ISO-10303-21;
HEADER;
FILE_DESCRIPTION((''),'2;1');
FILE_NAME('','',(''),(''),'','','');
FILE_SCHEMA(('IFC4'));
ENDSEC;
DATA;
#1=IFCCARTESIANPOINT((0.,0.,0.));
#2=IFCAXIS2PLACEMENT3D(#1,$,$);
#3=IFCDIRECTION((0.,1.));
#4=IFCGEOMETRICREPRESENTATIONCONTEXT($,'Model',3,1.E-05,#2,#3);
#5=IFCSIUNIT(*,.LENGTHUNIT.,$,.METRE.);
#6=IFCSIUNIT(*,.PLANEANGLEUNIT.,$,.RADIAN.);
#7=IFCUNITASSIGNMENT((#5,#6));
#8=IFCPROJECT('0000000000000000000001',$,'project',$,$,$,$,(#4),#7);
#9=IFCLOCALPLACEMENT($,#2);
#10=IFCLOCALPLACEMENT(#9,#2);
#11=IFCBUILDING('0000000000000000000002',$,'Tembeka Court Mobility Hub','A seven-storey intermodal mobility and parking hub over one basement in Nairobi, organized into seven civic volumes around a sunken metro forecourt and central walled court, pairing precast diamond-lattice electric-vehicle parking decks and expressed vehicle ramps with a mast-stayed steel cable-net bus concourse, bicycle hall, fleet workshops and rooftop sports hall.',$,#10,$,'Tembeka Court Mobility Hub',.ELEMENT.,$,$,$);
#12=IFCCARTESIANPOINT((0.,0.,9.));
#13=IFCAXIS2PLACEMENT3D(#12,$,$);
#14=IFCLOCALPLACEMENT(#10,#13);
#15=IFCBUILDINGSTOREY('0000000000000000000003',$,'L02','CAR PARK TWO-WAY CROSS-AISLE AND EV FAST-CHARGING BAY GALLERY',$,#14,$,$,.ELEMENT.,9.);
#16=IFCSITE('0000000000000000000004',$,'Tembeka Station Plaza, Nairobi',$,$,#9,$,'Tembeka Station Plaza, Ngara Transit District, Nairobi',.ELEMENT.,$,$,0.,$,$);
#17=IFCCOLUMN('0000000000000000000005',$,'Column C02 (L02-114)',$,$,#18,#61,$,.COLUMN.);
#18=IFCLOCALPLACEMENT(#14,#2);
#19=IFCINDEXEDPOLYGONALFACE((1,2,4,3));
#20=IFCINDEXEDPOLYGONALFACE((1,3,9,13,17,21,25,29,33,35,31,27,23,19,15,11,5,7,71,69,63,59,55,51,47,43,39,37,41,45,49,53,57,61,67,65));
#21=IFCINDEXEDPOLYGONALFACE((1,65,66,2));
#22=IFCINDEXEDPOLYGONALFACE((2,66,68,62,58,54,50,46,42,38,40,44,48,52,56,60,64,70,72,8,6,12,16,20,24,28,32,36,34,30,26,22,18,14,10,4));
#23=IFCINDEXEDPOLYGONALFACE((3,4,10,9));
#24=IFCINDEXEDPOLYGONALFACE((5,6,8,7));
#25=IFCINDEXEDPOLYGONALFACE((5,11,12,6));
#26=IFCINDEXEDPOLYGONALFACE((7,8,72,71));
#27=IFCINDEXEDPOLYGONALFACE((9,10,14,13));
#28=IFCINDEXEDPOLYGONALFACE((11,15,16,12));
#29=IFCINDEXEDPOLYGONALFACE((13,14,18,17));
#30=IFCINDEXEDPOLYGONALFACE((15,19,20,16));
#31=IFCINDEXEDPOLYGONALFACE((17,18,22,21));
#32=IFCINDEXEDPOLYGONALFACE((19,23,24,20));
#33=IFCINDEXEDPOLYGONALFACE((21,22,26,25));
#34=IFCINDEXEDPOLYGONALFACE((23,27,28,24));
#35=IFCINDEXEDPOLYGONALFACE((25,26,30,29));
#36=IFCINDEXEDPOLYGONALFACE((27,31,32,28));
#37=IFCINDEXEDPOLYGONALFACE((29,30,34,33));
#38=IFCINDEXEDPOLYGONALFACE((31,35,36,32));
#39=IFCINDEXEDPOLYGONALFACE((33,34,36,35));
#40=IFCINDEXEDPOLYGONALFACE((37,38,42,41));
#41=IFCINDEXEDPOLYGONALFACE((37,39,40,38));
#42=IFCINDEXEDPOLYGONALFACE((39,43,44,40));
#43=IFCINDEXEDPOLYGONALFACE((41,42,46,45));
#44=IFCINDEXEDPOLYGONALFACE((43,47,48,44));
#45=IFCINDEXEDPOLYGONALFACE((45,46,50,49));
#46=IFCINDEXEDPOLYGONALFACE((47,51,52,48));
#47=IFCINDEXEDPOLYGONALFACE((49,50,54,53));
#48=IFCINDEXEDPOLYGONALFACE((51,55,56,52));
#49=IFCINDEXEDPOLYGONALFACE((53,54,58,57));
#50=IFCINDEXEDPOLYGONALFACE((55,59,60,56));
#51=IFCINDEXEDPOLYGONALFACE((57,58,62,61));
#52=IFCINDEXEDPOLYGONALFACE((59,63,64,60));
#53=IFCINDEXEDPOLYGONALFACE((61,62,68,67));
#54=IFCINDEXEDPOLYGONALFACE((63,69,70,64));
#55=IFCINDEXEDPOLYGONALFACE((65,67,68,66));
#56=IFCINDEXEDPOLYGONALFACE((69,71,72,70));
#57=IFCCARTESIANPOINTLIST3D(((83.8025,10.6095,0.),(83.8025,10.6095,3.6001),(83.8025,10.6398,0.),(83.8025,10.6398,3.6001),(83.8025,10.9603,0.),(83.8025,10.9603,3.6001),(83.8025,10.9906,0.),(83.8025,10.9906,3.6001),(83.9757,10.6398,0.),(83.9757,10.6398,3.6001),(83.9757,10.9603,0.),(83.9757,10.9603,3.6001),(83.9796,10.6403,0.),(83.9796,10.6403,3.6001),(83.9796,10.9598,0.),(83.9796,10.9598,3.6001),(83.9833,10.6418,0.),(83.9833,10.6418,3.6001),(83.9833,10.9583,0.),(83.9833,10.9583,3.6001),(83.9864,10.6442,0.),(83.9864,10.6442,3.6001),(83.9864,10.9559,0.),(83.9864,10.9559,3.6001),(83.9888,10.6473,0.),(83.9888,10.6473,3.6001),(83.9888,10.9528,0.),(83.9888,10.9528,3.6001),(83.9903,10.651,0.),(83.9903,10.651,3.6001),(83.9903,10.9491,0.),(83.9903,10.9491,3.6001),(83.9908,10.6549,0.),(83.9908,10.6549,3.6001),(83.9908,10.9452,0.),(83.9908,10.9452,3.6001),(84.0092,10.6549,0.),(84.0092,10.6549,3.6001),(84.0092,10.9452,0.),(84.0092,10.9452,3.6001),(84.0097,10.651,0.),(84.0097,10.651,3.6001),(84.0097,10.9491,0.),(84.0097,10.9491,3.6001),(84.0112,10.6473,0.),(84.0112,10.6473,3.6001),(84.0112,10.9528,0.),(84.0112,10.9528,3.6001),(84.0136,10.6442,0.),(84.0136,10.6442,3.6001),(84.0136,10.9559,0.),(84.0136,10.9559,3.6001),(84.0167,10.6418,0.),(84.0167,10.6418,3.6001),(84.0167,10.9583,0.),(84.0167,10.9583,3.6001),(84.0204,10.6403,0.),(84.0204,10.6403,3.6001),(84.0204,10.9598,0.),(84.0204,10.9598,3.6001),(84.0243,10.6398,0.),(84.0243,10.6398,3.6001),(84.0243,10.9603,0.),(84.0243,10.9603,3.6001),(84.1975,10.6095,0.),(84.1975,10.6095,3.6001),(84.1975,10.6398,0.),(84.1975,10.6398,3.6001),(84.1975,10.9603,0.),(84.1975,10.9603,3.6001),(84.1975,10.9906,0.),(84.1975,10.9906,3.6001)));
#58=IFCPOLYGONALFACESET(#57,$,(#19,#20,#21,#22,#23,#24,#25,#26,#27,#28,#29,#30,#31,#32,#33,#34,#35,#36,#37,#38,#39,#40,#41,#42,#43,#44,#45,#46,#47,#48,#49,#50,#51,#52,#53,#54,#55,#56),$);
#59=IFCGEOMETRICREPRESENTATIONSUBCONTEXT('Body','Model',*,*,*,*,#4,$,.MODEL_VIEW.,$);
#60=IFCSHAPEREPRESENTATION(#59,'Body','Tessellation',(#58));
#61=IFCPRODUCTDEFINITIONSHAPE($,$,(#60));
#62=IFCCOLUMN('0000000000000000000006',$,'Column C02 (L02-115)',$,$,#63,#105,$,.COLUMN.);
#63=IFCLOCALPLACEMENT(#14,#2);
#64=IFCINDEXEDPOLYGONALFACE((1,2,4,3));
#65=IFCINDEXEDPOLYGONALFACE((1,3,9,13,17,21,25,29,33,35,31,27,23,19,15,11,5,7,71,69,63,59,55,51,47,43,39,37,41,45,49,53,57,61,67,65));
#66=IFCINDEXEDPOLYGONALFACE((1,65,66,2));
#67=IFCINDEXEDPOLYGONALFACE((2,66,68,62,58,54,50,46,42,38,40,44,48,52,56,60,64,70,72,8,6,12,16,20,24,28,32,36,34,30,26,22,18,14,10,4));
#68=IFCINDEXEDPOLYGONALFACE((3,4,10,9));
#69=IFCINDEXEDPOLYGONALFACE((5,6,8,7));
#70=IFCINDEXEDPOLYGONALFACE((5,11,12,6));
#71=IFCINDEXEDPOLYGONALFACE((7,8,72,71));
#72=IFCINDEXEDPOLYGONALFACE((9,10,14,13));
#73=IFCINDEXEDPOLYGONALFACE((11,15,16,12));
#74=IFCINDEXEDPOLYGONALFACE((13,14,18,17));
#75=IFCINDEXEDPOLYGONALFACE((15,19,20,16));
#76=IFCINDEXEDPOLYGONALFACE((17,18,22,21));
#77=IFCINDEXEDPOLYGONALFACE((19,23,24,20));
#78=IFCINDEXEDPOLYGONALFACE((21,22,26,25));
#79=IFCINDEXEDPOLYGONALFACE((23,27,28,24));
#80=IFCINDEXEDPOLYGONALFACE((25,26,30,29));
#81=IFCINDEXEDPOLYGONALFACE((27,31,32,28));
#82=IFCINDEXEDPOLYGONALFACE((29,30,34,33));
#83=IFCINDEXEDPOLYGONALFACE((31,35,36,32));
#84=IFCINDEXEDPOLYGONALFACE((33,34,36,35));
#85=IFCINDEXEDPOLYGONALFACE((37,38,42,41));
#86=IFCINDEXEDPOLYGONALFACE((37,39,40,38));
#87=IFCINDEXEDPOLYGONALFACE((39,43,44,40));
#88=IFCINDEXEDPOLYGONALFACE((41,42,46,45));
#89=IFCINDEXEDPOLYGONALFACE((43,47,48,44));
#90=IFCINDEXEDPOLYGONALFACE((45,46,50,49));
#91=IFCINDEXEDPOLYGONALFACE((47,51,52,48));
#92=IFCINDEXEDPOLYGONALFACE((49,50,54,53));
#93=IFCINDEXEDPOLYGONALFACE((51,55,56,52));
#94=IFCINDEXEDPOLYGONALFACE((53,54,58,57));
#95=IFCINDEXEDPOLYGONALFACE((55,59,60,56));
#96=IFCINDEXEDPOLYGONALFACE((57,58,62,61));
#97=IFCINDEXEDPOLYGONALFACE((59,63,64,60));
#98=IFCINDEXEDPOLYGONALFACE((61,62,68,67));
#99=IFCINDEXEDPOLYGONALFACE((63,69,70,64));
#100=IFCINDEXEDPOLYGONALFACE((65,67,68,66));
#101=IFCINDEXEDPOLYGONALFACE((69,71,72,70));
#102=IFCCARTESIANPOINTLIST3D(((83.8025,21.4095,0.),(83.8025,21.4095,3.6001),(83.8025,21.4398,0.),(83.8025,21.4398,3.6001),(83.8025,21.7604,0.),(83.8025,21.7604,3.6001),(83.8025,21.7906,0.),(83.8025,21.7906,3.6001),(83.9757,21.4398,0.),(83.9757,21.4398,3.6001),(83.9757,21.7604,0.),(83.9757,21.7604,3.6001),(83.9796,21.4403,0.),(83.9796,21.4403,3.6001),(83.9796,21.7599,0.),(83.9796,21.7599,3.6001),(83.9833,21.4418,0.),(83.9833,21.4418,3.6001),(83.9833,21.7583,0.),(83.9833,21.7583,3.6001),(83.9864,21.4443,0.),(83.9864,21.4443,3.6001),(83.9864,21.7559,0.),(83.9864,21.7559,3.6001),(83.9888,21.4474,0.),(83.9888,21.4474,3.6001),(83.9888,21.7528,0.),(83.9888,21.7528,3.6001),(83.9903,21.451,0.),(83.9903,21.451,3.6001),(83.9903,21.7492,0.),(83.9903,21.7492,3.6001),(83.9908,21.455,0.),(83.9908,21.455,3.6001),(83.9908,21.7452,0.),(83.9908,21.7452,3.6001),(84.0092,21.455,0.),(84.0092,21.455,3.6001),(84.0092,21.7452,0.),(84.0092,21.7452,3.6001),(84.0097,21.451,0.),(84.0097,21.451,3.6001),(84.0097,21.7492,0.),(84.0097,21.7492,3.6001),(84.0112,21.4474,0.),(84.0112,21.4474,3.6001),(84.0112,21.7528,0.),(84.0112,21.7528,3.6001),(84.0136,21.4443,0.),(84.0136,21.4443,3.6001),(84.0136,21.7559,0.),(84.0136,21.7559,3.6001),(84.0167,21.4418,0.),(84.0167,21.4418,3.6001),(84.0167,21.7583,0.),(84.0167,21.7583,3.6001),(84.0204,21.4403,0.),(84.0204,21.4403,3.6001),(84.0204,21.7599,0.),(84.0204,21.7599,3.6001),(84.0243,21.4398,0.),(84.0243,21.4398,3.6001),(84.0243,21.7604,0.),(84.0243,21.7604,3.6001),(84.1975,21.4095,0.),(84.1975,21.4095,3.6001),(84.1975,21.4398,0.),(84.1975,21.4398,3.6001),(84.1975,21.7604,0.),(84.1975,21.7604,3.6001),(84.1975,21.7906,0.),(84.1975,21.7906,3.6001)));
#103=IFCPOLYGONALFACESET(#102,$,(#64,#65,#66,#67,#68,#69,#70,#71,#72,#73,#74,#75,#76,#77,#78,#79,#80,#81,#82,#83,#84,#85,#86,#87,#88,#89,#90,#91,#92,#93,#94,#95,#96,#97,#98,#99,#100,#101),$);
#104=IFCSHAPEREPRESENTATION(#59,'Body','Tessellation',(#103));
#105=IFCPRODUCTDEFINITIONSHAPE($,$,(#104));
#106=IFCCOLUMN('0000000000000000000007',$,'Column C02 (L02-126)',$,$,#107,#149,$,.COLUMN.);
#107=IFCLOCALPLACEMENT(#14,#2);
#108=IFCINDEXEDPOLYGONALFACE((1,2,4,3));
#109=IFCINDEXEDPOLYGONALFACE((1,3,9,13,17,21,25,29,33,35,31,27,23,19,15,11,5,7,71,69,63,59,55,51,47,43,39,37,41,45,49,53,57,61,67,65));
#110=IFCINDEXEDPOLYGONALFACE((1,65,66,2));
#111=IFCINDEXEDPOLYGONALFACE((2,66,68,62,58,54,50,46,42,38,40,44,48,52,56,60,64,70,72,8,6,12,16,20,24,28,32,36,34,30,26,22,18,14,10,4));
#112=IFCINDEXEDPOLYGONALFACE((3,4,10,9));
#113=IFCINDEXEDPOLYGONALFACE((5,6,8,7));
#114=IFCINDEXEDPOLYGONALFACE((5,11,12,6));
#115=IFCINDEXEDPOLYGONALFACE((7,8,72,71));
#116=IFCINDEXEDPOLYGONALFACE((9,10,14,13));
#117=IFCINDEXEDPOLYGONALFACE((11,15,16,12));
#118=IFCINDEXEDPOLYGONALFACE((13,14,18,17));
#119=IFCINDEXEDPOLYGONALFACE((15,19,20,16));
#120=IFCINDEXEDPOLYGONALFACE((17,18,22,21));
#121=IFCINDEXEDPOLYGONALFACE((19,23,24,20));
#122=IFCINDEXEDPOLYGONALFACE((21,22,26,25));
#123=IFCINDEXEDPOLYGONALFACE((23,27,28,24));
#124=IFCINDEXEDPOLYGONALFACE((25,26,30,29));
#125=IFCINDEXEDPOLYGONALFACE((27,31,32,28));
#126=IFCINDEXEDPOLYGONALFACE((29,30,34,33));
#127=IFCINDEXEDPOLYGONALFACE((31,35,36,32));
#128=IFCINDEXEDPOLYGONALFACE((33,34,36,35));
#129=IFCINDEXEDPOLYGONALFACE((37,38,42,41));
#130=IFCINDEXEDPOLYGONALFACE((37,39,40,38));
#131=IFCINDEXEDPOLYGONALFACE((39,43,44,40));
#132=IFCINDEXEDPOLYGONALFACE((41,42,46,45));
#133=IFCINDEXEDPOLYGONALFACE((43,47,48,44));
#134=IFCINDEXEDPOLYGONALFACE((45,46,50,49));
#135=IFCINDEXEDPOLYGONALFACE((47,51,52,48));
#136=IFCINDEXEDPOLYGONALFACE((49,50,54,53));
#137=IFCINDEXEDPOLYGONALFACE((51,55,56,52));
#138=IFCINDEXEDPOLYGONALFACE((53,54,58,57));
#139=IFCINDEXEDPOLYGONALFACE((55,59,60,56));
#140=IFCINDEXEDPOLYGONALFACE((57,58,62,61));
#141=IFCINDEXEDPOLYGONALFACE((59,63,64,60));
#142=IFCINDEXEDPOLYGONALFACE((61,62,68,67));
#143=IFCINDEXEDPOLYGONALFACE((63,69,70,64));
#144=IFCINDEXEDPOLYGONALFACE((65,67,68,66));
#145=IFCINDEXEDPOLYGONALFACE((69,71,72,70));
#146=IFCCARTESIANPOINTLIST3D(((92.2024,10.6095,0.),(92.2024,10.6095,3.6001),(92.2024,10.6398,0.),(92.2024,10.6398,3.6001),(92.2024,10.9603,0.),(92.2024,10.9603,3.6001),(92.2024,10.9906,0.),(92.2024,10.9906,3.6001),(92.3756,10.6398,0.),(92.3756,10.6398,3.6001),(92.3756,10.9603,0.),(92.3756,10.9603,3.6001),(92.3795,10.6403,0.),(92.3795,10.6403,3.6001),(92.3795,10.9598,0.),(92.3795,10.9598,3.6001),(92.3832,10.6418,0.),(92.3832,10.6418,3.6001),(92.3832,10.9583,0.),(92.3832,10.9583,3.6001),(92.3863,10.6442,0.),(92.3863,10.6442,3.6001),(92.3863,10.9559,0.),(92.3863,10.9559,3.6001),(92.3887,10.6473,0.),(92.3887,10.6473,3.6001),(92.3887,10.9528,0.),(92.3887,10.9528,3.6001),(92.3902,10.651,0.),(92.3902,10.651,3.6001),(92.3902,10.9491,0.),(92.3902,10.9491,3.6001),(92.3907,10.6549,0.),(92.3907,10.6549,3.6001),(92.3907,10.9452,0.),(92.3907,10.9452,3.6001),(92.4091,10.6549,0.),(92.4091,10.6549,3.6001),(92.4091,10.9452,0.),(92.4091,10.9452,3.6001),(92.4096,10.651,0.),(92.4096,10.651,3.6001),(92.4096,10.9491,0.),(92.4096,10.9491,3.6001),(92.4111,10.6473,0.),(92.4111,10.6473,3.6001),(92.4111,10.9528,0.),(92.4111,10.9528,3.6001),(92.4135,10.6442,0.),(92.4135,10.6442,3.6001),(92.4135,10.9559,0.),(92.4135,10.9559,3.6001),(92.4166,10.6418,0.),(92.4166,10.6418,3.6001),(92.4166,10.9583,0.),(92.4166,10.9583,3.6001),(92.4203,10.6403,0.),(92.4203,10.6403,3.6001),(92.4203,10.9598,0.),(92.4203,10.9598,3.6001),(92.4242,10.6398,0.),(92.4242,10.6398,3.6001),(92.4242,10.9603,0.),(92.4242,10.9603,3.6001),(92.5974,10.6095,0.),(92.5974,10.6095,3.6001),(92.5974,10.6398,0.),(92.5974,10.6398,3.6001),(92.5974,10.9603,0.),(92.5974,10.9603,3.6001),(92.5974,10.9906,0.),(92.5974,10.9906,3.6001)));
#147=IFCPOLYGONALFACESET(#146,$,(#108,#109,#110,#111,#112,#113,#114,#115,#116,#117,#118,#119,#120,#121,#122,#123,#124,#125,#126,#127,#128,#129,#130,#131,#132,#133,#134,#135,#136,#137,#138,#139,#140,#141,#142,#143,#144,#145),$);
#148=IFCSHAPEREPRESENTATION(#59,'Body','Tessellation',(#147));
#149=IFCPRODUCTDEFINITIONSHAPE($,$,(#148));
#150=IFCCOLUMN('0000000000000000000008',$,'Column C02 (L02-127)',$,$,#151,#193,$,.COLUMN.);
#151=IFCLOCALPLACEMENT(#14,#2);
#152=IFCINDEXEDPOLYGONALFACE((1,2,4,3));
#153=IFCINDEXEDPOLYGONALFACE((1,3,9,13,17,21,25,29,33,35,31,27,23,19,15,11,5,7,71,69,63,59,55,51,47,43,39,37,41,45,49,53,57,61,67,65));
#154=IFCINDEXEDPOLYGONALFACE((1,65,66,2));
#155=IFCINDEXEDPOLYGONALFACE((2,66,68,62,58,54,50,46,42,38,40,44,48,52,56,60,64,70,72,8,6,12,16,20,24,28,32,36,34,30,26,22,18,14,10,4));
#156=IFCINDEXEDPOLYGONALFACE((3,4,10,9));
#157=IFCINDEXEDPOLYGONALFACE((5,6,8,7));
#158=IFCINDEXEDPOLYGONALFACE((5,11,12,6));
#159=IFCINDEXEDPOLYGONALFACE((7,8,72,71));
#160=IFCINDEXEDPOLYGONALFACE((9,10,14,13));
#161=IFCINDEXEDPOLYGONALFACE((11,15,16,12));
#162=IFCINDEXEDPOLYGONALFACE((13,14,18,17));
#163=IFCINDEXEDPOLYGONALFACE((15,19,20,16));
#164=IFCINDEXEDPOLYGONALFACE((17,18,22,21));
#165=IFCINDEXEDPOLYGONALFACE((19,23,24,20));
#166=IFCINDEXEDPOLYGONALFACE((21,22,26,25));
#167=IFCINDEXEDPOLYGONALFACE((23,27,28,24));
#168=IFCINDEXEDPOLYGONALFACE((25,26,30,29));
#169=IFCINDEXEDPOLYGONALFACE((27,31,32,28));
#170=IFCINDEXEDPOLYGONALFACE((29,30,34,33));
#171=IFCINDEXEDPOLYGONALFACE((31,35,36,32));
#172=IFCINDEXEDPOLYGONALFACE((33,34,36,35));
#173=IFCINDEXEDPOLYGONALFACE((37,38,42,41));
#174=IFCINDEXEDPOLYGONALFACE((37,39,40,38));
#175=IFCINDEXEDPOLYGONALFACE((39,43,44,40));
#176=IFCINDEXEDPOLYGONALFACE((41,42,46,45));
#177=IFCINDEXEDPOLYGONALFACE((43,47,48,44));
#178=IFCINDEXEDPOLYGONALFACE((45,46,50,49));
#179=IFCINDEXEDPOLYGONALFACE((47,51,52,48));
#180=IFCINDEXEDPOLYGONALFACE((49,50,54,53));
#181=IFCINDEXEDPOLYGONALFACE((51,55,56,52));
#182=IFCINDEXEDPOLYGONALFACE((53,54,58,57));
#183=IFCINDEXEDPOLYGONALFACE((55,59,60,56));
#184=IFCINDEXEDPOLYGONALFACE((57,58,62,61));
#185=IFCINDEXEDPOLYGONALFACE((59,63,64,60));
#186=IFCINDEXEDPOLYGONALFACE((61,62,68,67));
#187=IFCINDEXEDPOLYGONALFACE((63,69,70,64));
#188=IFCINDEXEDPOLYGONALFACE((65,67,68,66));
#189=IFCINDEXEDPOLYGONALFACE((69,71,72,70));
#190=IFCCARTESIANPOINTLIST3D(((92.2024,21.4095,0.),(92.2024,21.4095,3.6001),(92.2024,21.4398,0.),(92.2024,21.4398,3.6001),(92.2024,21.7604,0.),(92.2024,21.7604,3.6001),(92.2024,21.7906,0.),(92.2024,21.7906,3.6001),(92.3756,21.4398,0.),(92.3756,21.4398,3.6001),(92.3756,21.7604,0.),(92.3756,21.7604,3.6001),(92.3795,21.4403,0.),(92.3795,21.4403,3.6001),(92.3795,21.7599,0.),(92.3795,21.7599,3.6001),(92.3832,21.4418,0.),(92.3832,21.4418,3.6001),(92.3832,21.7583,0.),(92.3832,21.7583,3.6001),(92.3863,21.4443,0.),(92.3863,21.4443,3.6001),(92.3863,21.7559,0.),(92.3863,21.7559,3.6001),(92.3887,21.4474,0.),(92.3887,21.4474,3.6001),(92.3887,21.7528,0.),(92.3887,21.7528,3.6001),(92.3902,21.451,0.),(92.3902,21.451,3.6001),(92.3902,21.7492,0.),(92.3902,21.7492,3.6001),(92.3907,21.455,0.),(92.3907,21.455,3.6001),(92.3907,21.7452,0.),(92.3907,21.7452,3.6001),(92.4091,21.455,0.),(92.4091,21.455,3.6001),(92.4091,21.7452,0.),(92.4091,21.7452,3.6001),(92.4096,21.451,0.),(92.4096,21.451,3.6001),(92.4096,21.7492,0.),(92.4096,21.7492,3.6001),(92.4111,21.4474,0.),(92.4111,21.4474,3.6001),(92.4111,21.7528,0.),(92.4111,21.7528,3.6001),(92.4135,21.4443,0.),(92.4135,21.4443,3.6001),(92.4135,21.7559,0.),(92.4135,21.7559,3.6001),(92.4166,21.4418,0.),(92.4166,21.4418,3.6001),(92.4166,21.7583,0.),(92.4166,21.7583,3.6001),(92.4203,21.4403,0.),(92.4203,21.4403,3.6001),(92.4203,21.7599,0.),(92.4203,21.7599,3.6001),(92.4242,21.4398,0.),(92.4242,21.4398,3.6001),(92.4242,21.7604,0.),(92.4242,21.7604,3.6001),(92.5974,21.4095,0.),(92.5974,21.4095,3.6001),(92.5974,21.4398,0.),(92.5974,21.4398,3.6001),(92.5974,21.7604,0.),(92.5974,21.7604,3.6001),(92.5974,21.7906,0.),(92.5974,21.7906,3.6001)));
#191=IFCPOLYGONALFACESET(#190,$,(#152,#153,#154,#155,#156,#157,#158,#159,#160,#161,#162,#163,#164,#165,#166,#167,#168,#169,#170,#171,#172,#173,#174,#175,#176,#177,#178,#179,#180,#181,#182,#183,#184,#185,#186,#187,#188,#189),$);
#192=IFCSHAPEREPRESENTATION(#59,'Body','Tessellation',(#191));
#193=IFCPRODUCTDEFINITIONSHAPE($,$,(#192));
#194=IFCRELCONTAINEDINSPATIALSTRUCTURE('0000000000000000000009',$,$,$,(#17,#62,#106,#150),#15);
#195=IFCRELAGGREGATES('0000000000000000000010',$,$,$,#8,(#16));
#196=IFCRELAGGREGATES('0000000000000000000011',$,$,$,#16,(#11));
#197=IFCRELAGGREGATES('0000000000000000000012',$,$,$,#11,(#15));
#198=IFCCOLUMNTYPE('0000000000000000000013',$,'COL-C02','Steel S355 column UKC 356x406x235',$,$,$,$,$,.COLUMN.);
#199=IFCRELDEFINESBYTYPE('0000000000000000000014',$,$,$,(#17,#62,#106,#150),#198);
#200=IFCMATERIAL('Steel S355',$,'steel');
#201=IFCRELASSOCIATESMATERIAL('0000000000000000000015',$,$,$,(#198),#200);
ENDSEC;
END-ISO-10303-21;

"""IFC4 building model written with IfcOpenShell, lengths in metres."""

from ifc_helpers import new_model, si_unit, direction, frame, origin, origin_2d, place, context, subcontext, project, spatial, i_section, extrude, material, material_profile, profile_set, type_object, element, save


model = new_model("IFC4")

# Units and contexts
model_context = context("Model", 3, precision=1e-05, world=origin(), true_north=direction((0.0, 1.0)))
body_context = subcontext(model_context, "Body", "Model", "MODEL_VIEW")
ifc_project = project(units=[si_unit("LENGTHUNIT", "METRE"), si_unit("PLANEANGLEUNIT", "RADIAN")], contexts=[model_context])

# Site, building, storey
site_placement = place(None, origin())
site = spatial("IfcSite", under=ifc_project, at=site_placement, Name="Tembeka Station Plaza, Nairobi", LongName="Tembeka Station Plaza, Ngara Transit District, Nairobi", CompositionType="ELEMENT", RefElevation=0.0)
building_placement = place(site_placement, origin())
building = spatial("IfcBuilding", under=site, at=building_placement, Name="Tembeka Court Mobility Hub", Description="A seven-storey intermodal mobility and parking hub over one basement in Nairobi, organized into seven civic volumes around a sunken metro forecourt and central walled court, pairing precast diamond-lattice electric-vehicle parking decks and expressed vehicle ramps with a mast-stayed steel cable-net bus concourse, bicycle hall, fleet workshops and rooftop sports hall.", LongName="Tembeka Court Mobility Hub", CompositionType="ELEMENT")
storey_placement = place(building_placement, frame((0.0, 0.0, 9.0)))
storey = spatial("IfcBuildingStorey", under=building, at=storey_placement, Name="L02", Description="CAR PARK TWO-WAY CROSS-AISLE AND EV FAST-CHARGING BAY GALLERY", CompositionType="ELEMENT", Elevation=9.0)

# Columns
ifc_material_1 = material(Name="Steel S355", Category="steel")
ifc_material_profile_1 = material_profile(ifc_material_1, i_section(OverallWidth=0.395, OverallDepth=0.3811, WebThickness=0.0183, FlangeThickness=0.0303, FilletRadius=0.0151, at=origin_2d()), Name="UKC 356x406x235")
ifc_profile_set_1 = profile_set([ifc_material_profile_1], Name="Steel S355")
column_type = type_object("IfcColumnType", Name="COL-C02", Description="Steel S355 column UKC 356x406x235", PredefinedType="COLUMN", material=ifc_profile_set_1)
for number, where, z_axis, x_axis, name in (
    (1, (84.0, 10.8, 0.0), (0.0, 0.0, 1.0), (1.0, 0.0, 0.0), "Column C02 (L02-114)"),
    (2, (84.0, 21.6001, 0.0), (0.0, 0.0, 1.0), (1.0, 0.0, 0.0), "Column C02 (L02-115)"),
    (3, (92.3999, 10.8, 0.0), (0.0, 0.0, 1.0), (1.0, 0.0, 0.0), "Column C02 (L02-126)"),
    (4, (92.3999, 21.6001, 0.0), (0.0, 0.0, 1.0), (1.0, 0.0, 0.0), "Column C02 (L02-127)"),
):
    element("IfcColumn", number, at=place(storey_placement, frame(where, z_axis=z_axis, x_axis=x_axis)), inside=storey, type_object=column_type, Name=name, PredefinedType="COLUMN", context=body_context, shape_type="SweptSolid", body=[
        extrude(i_section(OverallWidth=0.395, OverallDepth=0.3811, WebThickness=0.0183, FlangeThickness=0.0303, FilletRadius=0.0151, at=origin_2d()), origin(), (0.0, 0.0, 1.0), 3.6001),
    ])

save(model, "model.ifc")
